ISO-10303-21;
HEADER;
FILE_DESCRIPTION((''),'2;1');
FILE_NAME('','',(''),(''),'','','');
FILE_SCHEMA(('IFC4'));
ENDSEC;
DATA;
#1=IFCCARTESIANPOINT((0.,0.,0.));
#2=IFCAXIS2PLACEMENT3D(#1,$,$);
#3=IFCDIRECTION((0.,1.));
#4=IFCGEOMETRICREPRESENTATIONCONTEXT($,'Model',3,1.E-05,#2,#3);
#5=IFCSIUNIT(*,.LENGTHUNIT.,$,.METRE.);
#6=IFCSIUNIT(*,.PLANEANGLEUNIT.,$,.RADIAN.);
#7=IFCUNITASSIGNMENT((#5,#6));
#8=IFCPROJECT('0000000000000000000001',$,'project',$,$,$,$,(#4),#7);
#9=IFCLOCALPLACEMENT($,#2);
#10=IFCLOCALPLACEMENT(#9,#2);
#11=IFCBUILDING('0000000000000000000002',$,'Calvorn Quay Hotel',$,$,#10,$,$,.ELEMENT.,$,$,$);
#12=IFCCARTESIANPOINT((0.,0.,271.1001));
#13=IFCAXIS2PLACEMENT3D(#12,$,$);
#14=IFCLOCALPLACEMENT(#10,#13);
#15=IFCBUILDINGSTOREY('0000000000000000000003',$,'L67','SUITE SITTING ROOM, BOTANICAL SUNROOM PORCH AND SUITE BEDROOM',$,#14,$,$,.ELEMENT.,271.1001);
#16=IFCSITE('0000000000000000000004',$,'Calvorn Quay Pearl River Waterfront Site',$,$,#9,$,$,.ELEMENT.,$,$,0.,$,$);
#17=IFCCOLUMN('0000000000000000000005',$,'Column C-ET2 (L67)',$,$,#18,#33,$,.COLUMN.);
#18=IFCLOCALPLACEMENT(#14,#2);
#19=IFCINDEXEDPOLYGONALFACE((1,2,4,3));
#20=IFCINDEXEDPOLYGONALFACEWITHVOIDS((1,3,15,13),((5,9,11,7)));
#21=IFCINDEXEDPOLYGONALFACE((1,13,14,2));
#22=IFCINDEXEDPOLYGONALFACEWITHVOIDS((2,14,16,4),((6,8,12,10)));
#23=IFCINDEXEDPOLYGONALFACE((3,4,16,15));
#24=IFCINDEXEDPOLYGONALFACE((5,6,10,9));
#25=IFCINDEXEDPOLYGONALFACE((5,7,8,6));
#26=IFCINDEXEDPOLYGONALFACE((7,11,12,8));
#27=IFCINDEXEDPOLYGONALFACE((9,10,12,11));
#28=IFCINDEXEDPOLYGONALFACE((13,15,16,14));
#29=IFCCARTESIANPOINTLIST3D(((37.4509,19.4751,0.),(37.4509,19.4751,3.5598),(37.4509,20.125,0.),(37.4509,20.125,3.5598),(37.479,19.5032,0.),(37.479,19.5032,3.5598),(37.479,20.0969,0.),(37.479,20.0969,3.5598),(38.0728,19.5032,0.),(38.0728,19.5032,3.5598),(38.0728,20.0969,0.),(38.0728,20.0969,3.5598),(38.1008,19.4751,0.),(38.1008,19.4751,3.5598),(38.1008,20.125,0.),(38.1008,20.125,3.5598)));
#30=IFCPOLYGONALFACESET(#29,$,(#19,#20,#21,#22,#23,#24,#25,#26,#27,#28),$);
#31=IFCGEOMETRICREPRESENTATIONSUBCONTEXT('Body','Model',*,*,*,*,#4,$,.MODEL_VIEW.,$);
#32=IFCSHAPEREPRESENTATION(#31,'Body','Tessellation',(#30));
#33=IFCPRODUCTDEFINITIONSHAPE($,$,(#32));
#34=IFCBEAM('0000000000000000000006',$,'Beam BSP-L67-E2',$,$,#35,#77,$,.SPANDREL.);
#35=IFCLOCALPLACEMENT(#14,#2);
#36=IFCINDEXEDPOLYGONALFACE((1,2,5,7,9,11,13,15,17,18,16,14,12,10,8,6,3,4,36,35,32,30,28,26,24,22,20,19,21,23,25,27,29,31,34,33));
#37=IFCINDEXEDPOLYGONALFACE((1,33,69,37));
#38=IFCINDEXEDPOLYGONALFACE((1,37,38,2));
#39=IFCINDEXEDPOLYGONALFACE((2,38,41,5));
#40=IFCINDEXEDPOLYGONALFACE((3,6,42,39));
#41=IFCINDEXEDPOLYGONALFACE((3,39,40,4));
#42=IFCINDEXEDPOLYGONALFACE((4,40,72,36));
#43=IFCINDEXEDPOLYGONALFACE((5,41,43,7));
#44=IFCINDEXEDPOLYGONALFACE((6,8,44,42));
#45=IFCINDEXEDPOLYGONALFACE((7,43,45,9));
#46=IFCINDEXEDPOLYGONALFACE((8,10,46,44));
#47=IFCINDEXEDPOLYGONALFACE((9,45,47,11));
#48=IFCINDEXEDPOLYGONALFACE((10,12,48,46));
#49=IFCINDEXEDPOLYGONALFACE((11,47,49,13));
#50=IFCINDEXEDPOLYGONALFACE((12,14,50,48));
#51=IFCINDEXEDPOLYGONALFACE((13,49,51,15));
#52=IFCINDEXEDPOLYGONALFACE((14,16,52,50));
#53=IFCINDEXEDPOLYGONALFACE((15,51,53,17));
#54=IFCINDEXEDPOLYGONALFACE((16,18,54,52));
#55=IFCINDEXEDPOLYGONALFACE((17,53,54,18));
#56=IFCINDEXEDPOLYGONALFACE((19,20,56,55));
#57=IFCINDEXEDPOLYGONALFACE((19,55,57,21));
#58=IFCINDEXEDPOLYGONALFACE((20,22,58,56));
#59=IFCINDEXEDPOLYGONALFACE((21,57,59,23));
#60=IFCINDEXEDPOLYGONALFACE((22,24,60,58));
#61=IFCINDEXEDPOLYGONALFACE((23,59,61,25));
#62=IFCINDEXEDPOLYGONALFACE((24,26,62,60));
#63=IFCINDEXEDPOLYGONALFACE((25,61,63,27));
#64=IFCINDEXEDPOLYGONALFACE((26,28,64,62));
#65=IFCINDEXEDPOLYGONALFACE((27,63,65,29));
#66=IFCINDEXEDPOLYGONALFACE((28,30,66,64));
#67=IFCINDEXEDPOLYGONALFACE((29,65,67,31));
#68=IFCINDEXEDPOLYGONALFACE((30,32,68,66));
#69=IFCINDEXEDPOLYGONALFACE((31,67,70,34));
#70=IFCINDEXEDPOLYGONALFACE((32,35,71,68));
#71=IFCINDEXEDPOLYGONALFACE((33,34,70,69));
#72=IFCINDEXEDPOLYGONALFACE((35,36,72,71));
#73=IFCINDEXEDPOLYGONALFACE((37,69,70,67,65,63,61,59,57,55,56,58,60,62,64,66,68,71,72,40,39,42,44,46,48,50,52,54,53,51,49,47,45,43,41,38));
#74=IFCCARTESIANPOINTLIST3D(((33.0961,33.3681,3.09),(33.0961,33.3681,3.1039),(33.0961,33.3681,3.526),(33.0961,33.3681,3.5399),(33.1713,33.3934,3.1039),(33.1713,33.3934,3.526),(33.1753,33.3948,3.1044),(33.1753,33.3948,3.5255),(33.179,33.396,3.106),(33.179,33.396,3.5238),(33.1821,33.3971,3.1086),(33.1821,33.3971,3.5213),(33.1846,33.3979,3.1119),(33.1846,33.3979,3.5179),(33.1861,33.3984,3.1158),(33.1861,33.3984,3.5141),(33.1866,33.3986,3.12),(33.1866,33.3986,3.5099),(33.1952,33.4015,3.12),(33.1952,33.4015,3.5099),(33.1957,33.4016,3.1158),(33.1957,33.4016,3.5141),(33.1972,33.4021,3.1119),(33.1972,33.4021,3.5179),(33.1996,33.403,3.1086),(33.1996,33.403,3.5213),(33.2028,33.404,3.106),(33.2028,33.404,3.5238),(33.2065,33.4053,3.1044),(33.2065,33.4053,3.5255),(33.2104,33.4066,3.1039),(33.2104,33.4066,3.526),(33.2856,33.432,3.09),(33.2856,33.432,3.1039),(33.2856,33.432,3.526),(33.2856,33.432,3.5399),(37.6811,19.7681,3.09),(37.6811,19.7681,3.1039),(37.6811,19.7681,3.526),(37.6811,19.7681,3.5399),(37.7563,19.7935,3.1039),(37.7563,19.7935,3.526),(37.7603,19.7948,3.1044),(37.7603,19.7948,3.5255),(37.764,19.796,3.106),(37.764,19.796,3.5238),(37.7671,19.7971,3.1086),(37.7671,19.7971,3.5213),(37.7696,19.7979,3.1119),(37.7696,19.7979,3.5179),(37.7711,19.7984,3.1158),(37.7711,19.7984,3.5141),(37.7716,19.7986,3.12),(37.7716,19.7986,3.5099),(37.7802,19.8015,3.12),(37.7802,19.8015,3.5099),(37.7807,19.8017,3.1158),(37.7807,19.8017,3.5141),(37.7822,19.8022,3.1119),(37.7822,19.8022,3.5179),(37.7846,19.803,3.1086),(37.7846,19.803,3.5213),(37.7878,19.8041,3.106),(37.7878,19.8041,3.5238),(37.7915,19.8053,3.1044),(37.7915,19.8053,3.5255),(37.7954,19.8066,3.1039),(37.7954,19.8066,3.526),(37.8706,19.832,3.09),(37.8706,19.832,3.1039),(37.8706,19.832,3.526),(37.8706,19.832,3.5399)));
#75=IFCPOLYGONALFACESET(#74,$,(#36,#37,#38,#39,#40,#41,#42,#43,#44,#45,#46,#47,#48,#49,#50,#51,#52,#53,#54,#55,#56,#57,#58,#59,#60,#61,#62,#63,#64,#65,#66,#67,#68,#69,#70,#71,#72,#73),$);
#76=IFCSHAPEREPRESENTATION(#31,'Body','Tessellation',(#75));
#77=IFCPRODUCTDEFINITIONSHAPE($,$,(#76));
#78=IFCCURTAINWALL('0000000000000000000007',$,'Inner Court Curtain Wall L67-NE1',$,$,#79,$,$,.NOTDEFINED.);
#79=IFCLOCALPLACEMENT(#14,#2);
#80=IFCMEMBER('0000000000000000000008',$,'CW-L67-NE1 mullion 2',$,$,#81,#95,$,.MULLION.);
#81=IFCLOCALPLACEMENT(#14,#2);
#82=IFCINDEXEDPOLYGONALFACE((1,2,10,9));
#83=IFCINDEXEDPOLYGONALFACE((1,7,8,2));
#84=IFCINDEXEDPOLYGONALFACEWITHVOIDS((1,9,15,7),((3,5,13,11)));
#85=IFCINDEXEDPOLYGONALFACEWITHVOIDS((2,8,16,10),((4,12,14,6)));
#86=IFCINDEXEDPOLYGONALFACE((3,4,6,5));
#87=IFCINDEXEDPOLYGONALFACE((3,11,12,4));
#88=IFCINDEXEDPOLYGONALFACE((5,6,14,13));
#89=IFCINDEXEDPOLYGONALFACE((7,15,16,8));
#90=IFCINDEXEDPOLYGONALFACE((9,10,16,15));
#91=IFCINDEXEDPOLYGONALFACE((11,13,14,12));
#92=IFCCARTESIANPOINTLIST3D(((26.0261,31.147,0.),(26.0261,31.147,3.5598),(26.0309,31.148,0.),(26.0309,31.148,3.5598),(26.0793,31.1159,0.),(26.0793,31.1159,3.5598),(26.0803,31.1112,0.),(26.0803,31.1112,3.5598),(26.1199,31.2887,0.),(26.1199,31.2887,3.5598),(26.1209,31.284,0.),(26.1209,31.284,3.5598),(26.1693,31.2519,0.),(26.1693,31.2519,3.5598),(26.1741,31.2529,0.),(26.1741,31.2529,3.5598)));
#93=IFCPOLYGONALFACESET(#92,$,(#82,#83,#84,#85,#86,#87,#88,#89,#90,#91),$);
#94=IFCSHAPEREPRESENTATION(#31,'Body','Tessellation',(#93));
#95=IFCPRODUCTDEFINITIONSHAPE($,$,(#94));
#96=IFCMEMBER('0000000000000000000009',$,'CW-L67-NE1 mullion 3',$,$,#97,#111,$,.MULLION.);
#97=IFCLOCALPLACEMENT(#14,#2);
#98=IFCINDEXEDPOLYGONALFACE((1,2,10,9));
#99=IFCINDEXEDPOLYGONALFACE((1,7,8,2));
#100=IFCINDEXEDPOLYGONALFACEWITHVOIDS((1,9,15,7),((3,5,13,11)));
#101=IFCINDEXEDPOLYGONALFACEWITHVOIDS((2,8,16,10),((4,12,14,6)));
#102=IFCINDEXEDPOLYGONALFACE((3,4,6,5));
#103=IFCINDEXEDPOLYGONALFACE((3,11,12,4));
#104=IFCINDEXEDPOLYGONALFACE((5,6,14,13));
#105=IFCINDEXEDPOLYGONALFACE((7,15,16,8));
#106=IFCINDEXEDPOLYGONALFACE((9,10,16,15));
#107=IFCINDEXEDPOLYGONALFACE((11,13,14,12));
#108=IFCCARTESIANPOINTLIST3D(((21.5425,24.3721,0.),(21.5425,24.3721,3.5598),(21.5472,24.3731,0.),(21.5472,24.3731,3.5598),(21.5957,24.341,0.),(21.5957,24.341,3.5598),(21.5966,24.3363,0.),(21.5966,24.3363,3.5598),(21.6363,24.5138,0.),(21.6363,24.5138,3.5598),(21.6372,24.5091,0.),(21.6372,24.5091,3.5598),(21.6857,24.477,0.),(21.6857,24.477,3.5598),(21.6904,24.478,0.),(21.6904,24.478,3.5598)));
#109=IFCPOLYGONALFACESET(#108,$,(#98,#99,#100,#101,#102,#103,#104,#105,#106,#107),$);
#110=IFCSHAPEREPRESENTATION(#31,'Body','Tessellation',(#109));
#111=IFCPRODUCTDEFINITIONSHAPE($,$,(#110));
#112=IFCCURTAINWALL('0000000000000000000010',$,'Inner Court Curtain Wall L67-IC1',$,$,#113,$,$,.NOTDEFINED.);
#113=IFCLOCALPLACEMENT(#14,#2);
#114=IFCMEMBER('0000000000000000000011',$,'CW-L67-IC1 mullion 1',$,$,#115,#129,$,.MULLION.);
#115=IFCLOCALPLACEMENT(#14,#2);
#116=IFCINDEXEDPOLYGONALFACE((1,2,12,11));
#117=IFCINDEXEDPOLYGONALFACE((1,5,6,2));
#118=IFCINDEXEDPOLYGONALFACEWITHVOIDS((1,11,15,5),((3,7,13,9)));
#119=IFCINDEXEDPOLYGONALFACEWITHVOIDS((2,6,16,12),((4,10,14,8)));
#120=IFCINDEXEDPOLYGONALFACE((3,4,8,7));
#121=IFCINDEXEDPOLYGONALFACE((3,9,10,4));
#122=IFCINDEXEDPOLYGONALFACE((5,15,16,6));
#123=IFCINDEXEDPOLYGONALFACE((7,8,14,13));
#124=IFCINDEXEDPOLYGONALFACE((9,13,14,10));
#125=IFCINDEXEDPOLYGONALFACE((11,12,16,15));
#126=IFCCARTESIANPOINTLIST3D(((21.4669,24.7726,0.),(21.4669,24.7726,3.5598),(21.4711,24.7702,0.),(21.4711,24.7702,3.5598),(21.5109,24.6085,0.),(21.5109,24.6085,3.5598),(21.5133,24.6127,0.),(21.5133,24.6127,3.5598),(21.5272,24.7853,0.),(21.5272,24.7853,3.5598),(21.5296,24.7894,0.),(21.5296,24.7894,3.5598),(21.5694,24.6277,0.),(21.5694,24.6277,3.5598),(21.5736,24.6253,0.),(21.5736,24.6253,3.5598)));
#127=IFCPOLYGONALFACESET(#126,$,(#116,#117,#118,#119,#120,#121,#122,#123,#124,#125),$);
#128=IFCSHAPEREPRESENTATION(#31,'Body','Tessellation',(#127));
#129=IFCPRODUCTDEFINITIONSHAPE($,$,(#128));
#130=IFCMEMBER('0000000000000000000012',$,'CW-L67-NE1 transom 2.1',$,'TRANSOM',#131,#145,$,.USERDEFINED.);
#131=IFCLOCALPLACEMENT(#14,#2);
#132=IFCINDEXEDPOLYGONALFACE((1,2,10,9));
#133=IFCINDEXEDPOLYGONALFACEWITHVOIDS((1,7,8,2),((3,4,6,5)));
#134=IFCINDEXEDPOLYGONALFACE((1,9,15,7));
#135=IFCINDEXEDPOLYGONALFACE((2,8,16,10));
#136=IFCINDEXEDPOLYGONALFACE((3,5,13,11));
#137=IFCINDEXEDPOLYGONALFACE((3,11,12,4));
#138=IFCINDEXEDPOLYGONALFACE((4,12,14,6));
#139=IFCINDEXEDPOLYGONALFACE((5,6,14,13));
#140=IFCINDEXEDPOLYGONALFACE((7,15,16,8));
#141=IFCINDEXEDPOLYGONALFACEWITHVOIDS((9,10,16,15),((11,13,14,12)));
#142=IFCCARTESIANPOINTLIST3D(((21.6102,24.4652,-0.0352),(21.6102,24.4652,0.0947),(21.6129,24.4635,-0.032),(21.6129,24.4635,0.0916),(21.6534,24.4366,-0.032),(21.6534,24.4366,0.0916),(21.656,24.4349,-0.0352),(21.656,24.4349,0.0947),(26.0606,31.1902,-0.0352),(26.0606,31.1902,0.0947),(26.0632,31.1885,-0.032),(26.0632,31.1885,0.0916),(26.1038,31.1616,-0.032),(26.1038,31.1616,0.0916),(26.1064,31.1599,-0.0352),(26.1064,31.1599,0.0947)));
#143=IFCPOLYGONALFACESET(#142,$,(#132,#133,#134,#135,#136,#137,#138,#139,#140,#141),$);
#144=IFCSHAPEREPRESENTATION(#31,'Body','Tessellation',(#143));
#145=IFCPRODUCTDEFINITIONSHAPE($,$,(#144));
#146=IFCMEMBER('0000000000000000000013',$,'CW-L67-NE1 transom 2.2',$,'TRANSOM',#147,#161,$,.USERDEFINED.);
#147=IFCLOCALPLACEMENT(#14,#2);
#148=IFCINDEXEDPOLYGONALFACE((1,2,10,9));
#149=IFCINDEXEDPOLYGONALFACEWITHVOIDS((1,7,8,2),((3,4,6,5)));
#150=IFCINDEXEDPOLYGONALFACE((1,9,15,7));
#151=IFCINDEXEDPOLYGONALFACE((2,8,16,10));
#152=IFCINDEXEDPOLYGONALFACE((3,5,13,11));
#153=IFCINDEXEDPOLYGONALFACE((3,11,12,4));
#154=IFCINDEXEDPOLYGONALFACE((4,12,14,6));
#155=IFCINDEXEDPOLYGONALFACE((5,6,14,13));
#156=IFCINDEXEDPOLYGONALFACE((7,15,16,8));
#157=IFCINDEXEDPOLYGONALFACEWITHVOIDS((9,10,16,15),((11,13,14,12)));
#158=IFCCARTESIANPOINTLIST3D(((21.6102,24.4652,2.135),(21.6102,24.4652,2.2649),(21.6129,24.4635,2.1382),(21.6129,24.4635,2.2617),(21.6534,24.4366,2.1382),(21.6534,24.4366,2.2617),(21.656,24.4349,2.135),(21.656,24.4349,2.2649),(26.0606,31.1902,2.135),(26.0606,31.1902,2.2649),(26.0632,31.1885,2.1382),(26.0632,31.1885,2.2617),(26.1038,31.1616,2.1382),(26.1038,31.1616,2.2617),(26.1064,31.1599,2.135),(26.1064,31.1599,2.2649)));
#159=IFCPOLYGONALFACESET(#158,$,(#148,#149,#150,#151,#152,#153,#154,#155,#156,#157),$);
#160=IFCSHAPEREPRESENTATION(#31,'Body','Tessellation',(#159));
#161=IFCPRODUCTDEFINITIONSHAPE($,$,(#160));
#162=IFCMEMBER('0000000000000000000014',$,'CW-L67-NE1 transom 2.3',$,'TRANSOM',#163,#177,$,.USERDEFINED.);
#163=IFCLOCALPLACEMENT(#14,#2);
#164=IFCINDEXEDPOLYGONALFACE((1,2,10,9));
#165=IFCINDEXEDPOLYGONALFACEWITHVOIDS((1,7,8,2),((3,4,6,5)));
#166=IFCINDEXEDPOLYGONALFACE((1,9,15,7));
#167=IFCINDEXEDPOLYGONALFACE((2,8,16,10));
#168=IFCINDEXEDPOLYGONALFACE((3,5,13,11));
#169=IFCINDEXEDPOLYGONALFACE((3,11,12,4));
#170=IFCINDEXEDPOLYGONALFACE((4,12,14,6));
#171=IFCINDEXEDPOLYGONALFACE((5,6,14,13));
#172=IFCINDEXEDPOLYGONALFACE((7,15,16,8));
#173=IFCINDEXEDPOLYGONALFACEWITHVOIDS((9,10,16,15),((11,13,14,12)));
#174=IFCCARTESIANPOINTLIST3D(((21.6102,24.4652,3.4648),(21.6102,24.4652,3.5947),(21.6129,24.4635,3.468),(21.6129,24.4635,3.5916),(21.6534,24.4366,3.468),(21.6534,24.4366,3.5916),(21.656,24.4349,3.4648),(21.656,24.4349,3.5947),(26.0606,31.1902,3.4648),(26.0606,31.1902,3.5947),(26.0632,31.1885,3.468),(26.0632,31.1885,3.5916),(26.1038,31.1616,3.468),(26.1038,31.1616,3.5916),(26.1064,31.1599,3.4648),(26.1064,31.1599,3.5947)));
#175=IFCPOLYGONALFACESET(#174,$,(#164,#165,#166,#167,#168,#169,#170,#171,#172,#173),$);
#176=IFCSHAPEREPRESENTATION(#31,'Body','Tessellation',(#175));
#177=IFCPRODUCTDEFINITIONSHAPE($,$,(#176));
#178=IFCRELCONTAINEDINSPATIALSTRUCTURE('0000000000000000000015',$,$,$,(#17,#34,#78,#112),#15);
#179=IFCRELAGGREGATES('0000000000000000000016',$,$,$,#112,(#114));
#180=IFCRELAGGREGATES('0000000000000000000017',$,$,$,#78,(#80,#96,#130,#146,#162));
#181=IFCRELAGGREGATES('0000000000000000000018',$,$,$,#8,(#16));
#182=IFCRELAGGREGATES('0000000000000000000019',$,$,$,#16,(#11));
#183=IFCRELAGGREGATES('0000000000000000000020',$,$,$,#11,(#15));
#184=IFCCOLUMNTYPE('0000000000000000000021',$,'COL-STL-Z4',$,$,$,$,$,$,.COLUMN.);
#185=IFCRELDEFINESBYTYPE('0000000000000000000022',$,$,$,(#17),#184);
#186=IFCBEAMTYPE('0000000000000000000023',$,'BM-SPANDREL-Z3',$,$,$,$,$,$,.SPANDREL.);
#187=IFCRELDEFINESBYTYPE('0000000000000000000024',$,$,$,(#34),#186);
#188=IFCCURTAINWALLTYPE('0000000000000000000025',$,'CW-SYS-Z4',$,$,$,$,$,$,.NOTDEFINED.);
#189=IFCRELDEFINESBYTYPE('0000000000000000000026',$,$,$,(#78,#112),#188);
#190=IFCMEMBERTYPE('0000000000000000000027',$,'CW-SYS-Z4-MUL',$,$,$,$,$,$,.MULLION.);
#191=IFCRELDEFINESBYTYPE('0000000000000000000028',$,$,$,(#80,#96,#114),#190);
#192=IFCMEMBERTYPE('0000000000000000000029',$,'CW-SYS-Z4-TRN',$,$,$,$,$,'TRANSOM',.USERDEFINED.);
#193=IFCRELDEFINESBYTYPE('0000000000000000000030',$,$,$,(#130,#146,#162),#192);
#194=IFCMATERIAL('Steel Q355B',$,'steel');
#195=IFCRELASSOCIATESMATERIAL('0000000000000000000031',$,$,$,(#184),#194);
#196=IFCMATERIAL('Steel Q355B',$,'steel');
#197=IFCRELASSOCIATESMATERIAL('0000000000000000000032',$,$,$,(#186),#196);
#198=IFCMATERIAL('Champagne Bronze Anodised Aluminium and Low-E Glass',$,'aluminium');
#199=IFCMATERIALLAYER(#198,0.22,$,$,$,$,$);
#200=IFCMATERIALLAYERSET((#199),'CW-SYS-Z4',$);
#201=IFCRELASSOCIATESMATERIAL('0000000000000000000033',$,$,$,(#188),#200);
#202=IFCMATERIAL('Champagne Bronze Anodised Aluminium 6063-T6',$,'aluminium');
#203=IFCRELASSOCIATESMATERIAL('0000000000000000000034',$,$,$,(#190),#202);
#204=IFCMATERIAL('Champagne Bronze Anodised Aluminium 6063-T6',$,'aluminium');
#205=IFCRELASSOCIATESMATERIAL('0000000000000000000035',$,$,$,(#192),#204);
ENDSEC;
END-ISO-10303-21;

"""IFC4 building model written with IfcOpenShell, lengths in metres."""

from ifc_helpers import new_model, si_unit, direction, frame, origin, origin_2d, place, context, subcontext, project, spatial, hollow_rectangle, i_section, extrude, material, layer, layer_set, material_profile, profile_set, type_object, element, aggregate, save


model = new_model("IFC4")

# Units and contexts
model_context = context("Model", 3, precision=1e-05, world=origin(), true_north=direction((0.0, 1.0)))
body_context = subcontext(model_context, "Body", "Model", "MODEL_VIEW")
ifc_project = project(units=[si_unit("LENGTHUNIT", "METRE"), si_unit("PLANEANGLEUNIT", "RADIAN")], contexts=[model_context])

# Site, building, storey
site_placement = place(None, origin())
site = spatial("IfcSite", under=ifc_project, at=site_placement, Name="Calvorn Quay Pearl River Waterfront Site", CompositionType="ELEMENT", RefElevation=0.0)
building_placement = place(site_placement, origin())
building = spatial("IfcBuilding", under=site, at=building_placement, Name="Calvorn Quay Hotel", CompositionType="ELEMENT")
storey_placement = place(building_placement, frame((0.0, 0.0, 271.1001)))
storey = spatial("IfcBuildingStorey", under=building, at=storey_placement, Name="L67", Description="SUITE SITTING ROOM, BOTANICAL SUNROOM PORCH AND SUITE BEDROOM", CompositionType="ELEMENT", Elevation=271.1001)

# Column
ifc_material_1 = material(Name="Steel Q355B", Category="steel")
ifc_material_profile_1 = material_profile(ifc_material_1, hollow_rectangle(XDim=0.6499, YDim=0.6499, WallThickness=0.0281, at=origin_2d()), Name="BOX650x650x28")
ifc_profile_set_1 = profile_set([ifc_material_profile_1], Name="Steel Q355B")
column_type = type_object("IfcColumnType", Name="COL-STL-Z4", PredefinedType="COLUMN", material=ifc_profile_set_1)
column_placement = place(storey_placement, frame((37.7759, 19.8, 0.0), z_axis=(0.0, 0.0, 1.0), x_axis=(1.0, 0.0, 0.0)))
element("IfcColumn", 1, at=column_placement, inside=storey, type_object=column_type, Name="Column C-ET2 (L67)", PredefinedType="COLUMN", context=body_context, shape_type="SweptSolid", body=[
    extrude(hollow_rectangle(XDim=0.6499, YDim=0.6499, WallThickness=0.0281, at=origin_2d()), origin(), (0.0, 0.0, 1.0), 3.5598),
])

# Beam
ifc_material_2 = material(Name="Steel Q355B", Category="steel")
ifc_material_profile_2 = material_profile(ifc_material_2, i_section(OverallWidth=0.2, OverallDepth=0.45, WebThickness=0.009, FlangeThickness=0.0139, FilletRadius=0.0161, at=origin_2d()), Name="HN450x200x9x14")
ifc_profile_set_2 = profile_set([ifc_material_profile_2], Name="Steel Q355B")
beam_type = type_object("IfcBeamType", Name="BM-SPANDREL-Z3", PredefinedType="SPANDREL", material=ifc_profile_set_2)
beam_placement = place(storey_placement, frame((37.7759, 19.8, 3.3149), z_axis=(-0.319467, 0.947598, 0.0), x_axis=(-0.947598, -0.319467, 0.0)))
element("IfcBeam", 2, at=beam_placement, inside=storey, type_object=beam_type, Name="Beam BSP-L67-E2", PredefinedType="SPANDREL", context=body_context, shape_type="SweptSolid", body=[
    extrude(i_section(OverallWidth=0.2, OverallDepth=0.45, WebThickness=0.009, FlangeThickness=0.0139, FilletRadius=0.0161, at=origin_2d()), origin(), (0.0, 0.0, 1.0), 14.3521),
])

# Curtain wall, members
ifc_material_3 = material(Name="Champagne Bronze Anodised Aluminium and Low-E Glass", Category="aluminium")
ifc_layer_1 = layer(ifc_material_3, 0.22)
ifc_layer_set_1 = layer_set([ifc_layer_1], Name="CW-SYS-Z4")
curtain_wall_type = type_object("IfcCurtainWallType", Name="CW-SYS-Z4", PredefinedType="NOTDEFINED", material=ifc_layer_set_1)
curtain_wall_1_placement = place(storey_placement, origin())
curtain_wall_1 = element("IfcCurtainWall", 3, at=curtain_wall_1_placement, inside=storey, type_object=curtain_wall_type, Name="Inner Court Curtain Wall L67-NE1", PredefinedType="NOTDEFINED")
ifc_material_4 = material(Name="Champagne Bronze Anodised Aluminium 6063-T6", Category="aluminium")
ifc_material_profile_3 = material_profile(ifc_material_4, hollow_rectangle(XDim=0.0649, YDim=0.1699, WallThickness=0.0034, at=origin_2d()), Name="ALU-M170x65x3.5")
ifc_profile_set_3 = profile_set([ifc_material_profile_3], Name="Champagne Bronze Anodised Aluminium 6063-T6")
member_type_1 = type_object("IfcMemberType", Name="CW-SYS-Z4-MUL", PredefinedType="MULLION", material=ifc_profile_set_3)
member_1_placement = place(storey_placement, frame((26.1001, 31.2, 0.0), z_axis=(0.0, 0.0, 1.0), x_axis=(0.833932, -0.551867, 0.0)))
member_1 = element("IfcMember", 4, at=member_1_placement, type_object=member_type_1, Name="CW-L67-NE1 mullion 2", PredefinedType="MULLION", context=body_context, shape_type="SweptSolid", body=[
    extrude(hollow_rectangle(XDim=0.0649, YDim=0.1699, WallThickness=0.0034, at=origin_2d()), origin(), (0.0, 0.0, 1.0), 3.5598),
])
member_2_placement = place(storey_placement, frame((21.6165, 24.425, 0.0), z_axis=(0.0, 0.0, 1.0), x_axis=(0.833932, -0.551867, 0.0)))
member_2 = element("IfcMember", 5, at=member_2_placement, type_object=member_type_1, Name="CW-L67-NE1 mullion 3", PredefinedType="MULLION", context=body_context, shape_type="SweptSolid", body=[
    extrude(hollow_rectangle(XDim=0.0649, YDim=0.1699, WallThickness=0.0034, at=origin_2d()), origin(), (0.0, 0.0, 1.0), 3.5598),
])

# Curtain wall, member
curtain_wall_2_placement = place(storey_placement, origin())
curtain_wall_2 = element("IfcCurtainWall", 6, at=curtain_wall_2_placement, inside=storey, type_object=curtain_wall_type, Name="Inner Court Curtain Wall L67-IC1", PredefinedType="NOTDEFINED")
member_3_placement = place(storey_placement, frame((21.5203, 24.699, 0.0), z_axis=(0.0, 0.0, 1.0), x_axis=(-0.965937, -0.258779, 0.0)))
member_3 = element("IfcMember", 7, at=member_3_placement, type_object=member_type_1, Name="CW-L67-IC1 mullion 1", PredefinedType="MULLION", context=body_context, shape_type="SweptSolid", body=[
    extrude(hollow_rectangle(XDim=0.0649, YDim=0.1699, WallThickness=0.0034, at=origin_2d()), origin(), (0.0, 0.0, 1.0), 3.5598),
])

# Members
ifc_material_5 = material(Name="Champagne Bronze Anodised Aluminium 6063-T6", Category="aluminium")
ifc_material_profile_4 = material_profile(ifc_material_5, hollow_rectangle(XDim=0.0549, YDim=0.1299, WallThickness=0.0032, at=origin_2d()), Name="ALU-T130x55x3.2")
ifc_profile_set_4 = profile_set([ifc_material_profile_4], Name="Champagne Bronze Anodised Aluminium 6063-T6")
member_type_2 = type_object("IfcMemberType", Name="CW-SYS-Z4-TRN", ElementType="TRANSOM", PredefinedType="USERDEFINED", material=ifc_profile_set_4)
member_4_placement = place(storey_placement, frame((26.0835, 31.175, 0.0298), z_axis=(-0.551868, -0.833932, 0.0), x_axis=(0.833932, -0.551868, 0.0)))
member_4 = element("IfcMember", 8, at=member_4_placement, type_object=member_type_2, Name="CW-L67-NE1 transom 2.1", ObjectType="TRANSOM", PredefinedType="USERDEFINED", context=body_context, shape_type="SweptSolid", body=[
    extrude(hollow_rectangle(XDim=0.0549, YDim=0.1299, WallThickness=0.0032, at=origin_2d()), origin(), (0.0, 0.0, 1.0), 8.0642),
])
member_5_placement = place(storey_placement, frame((26.0835, 31.175, 2.2), z_axis=(-0.551868, -0.833932, 0.0), x_axis=(0.833932, -0.551868, 0.0)))
member_5 = element("IfcMember", 9, at=member_5_placement, type_object=member_type_2, Name="CW-L67-NE1 transom 2.2", ObjectType="TRANSOM", PredefinedType="USERDEFINED", context=body_context, shape_type="SweptSolid", body=[
    extrude(hollow_rectangle(XDim=0.0549, YDim=0.1299, WallThickness=0.0032, at=origin_2d()), origin(), (0.0, 0.0, 1.0), 8.0642),
])
member_6_placement = place(storey_placement, frame((26.0835, 31.175, 3.5298), z_axis=(-0.551868, -0.833932, 0.0), x_axis=(0.833932, -0.551868, 0.0)))
member_6 = element("IfcMember", 10, at=member_6_placement, type_object=member_type_2, Name="CW-L67-NE1 transom 2.3", ObjectType="TRANSOM", PredefinedType="USERDEFINED", context=body_context, shape_type="SweptSolid", body=[
    extrude(hollow_rectangle(XDim=0.0549, YDim=0.1299, WallThickness=0.0032, at=origin_2d()), origin(), (0.0, 0.0, 1.0), 8.0642),
])
aggregate(curtain_wall_2, [member_3])

aggregate(curtain_wall_1, [member_1, member_2, member_4, member_5, member_6])

save(model, "model.ifc")
